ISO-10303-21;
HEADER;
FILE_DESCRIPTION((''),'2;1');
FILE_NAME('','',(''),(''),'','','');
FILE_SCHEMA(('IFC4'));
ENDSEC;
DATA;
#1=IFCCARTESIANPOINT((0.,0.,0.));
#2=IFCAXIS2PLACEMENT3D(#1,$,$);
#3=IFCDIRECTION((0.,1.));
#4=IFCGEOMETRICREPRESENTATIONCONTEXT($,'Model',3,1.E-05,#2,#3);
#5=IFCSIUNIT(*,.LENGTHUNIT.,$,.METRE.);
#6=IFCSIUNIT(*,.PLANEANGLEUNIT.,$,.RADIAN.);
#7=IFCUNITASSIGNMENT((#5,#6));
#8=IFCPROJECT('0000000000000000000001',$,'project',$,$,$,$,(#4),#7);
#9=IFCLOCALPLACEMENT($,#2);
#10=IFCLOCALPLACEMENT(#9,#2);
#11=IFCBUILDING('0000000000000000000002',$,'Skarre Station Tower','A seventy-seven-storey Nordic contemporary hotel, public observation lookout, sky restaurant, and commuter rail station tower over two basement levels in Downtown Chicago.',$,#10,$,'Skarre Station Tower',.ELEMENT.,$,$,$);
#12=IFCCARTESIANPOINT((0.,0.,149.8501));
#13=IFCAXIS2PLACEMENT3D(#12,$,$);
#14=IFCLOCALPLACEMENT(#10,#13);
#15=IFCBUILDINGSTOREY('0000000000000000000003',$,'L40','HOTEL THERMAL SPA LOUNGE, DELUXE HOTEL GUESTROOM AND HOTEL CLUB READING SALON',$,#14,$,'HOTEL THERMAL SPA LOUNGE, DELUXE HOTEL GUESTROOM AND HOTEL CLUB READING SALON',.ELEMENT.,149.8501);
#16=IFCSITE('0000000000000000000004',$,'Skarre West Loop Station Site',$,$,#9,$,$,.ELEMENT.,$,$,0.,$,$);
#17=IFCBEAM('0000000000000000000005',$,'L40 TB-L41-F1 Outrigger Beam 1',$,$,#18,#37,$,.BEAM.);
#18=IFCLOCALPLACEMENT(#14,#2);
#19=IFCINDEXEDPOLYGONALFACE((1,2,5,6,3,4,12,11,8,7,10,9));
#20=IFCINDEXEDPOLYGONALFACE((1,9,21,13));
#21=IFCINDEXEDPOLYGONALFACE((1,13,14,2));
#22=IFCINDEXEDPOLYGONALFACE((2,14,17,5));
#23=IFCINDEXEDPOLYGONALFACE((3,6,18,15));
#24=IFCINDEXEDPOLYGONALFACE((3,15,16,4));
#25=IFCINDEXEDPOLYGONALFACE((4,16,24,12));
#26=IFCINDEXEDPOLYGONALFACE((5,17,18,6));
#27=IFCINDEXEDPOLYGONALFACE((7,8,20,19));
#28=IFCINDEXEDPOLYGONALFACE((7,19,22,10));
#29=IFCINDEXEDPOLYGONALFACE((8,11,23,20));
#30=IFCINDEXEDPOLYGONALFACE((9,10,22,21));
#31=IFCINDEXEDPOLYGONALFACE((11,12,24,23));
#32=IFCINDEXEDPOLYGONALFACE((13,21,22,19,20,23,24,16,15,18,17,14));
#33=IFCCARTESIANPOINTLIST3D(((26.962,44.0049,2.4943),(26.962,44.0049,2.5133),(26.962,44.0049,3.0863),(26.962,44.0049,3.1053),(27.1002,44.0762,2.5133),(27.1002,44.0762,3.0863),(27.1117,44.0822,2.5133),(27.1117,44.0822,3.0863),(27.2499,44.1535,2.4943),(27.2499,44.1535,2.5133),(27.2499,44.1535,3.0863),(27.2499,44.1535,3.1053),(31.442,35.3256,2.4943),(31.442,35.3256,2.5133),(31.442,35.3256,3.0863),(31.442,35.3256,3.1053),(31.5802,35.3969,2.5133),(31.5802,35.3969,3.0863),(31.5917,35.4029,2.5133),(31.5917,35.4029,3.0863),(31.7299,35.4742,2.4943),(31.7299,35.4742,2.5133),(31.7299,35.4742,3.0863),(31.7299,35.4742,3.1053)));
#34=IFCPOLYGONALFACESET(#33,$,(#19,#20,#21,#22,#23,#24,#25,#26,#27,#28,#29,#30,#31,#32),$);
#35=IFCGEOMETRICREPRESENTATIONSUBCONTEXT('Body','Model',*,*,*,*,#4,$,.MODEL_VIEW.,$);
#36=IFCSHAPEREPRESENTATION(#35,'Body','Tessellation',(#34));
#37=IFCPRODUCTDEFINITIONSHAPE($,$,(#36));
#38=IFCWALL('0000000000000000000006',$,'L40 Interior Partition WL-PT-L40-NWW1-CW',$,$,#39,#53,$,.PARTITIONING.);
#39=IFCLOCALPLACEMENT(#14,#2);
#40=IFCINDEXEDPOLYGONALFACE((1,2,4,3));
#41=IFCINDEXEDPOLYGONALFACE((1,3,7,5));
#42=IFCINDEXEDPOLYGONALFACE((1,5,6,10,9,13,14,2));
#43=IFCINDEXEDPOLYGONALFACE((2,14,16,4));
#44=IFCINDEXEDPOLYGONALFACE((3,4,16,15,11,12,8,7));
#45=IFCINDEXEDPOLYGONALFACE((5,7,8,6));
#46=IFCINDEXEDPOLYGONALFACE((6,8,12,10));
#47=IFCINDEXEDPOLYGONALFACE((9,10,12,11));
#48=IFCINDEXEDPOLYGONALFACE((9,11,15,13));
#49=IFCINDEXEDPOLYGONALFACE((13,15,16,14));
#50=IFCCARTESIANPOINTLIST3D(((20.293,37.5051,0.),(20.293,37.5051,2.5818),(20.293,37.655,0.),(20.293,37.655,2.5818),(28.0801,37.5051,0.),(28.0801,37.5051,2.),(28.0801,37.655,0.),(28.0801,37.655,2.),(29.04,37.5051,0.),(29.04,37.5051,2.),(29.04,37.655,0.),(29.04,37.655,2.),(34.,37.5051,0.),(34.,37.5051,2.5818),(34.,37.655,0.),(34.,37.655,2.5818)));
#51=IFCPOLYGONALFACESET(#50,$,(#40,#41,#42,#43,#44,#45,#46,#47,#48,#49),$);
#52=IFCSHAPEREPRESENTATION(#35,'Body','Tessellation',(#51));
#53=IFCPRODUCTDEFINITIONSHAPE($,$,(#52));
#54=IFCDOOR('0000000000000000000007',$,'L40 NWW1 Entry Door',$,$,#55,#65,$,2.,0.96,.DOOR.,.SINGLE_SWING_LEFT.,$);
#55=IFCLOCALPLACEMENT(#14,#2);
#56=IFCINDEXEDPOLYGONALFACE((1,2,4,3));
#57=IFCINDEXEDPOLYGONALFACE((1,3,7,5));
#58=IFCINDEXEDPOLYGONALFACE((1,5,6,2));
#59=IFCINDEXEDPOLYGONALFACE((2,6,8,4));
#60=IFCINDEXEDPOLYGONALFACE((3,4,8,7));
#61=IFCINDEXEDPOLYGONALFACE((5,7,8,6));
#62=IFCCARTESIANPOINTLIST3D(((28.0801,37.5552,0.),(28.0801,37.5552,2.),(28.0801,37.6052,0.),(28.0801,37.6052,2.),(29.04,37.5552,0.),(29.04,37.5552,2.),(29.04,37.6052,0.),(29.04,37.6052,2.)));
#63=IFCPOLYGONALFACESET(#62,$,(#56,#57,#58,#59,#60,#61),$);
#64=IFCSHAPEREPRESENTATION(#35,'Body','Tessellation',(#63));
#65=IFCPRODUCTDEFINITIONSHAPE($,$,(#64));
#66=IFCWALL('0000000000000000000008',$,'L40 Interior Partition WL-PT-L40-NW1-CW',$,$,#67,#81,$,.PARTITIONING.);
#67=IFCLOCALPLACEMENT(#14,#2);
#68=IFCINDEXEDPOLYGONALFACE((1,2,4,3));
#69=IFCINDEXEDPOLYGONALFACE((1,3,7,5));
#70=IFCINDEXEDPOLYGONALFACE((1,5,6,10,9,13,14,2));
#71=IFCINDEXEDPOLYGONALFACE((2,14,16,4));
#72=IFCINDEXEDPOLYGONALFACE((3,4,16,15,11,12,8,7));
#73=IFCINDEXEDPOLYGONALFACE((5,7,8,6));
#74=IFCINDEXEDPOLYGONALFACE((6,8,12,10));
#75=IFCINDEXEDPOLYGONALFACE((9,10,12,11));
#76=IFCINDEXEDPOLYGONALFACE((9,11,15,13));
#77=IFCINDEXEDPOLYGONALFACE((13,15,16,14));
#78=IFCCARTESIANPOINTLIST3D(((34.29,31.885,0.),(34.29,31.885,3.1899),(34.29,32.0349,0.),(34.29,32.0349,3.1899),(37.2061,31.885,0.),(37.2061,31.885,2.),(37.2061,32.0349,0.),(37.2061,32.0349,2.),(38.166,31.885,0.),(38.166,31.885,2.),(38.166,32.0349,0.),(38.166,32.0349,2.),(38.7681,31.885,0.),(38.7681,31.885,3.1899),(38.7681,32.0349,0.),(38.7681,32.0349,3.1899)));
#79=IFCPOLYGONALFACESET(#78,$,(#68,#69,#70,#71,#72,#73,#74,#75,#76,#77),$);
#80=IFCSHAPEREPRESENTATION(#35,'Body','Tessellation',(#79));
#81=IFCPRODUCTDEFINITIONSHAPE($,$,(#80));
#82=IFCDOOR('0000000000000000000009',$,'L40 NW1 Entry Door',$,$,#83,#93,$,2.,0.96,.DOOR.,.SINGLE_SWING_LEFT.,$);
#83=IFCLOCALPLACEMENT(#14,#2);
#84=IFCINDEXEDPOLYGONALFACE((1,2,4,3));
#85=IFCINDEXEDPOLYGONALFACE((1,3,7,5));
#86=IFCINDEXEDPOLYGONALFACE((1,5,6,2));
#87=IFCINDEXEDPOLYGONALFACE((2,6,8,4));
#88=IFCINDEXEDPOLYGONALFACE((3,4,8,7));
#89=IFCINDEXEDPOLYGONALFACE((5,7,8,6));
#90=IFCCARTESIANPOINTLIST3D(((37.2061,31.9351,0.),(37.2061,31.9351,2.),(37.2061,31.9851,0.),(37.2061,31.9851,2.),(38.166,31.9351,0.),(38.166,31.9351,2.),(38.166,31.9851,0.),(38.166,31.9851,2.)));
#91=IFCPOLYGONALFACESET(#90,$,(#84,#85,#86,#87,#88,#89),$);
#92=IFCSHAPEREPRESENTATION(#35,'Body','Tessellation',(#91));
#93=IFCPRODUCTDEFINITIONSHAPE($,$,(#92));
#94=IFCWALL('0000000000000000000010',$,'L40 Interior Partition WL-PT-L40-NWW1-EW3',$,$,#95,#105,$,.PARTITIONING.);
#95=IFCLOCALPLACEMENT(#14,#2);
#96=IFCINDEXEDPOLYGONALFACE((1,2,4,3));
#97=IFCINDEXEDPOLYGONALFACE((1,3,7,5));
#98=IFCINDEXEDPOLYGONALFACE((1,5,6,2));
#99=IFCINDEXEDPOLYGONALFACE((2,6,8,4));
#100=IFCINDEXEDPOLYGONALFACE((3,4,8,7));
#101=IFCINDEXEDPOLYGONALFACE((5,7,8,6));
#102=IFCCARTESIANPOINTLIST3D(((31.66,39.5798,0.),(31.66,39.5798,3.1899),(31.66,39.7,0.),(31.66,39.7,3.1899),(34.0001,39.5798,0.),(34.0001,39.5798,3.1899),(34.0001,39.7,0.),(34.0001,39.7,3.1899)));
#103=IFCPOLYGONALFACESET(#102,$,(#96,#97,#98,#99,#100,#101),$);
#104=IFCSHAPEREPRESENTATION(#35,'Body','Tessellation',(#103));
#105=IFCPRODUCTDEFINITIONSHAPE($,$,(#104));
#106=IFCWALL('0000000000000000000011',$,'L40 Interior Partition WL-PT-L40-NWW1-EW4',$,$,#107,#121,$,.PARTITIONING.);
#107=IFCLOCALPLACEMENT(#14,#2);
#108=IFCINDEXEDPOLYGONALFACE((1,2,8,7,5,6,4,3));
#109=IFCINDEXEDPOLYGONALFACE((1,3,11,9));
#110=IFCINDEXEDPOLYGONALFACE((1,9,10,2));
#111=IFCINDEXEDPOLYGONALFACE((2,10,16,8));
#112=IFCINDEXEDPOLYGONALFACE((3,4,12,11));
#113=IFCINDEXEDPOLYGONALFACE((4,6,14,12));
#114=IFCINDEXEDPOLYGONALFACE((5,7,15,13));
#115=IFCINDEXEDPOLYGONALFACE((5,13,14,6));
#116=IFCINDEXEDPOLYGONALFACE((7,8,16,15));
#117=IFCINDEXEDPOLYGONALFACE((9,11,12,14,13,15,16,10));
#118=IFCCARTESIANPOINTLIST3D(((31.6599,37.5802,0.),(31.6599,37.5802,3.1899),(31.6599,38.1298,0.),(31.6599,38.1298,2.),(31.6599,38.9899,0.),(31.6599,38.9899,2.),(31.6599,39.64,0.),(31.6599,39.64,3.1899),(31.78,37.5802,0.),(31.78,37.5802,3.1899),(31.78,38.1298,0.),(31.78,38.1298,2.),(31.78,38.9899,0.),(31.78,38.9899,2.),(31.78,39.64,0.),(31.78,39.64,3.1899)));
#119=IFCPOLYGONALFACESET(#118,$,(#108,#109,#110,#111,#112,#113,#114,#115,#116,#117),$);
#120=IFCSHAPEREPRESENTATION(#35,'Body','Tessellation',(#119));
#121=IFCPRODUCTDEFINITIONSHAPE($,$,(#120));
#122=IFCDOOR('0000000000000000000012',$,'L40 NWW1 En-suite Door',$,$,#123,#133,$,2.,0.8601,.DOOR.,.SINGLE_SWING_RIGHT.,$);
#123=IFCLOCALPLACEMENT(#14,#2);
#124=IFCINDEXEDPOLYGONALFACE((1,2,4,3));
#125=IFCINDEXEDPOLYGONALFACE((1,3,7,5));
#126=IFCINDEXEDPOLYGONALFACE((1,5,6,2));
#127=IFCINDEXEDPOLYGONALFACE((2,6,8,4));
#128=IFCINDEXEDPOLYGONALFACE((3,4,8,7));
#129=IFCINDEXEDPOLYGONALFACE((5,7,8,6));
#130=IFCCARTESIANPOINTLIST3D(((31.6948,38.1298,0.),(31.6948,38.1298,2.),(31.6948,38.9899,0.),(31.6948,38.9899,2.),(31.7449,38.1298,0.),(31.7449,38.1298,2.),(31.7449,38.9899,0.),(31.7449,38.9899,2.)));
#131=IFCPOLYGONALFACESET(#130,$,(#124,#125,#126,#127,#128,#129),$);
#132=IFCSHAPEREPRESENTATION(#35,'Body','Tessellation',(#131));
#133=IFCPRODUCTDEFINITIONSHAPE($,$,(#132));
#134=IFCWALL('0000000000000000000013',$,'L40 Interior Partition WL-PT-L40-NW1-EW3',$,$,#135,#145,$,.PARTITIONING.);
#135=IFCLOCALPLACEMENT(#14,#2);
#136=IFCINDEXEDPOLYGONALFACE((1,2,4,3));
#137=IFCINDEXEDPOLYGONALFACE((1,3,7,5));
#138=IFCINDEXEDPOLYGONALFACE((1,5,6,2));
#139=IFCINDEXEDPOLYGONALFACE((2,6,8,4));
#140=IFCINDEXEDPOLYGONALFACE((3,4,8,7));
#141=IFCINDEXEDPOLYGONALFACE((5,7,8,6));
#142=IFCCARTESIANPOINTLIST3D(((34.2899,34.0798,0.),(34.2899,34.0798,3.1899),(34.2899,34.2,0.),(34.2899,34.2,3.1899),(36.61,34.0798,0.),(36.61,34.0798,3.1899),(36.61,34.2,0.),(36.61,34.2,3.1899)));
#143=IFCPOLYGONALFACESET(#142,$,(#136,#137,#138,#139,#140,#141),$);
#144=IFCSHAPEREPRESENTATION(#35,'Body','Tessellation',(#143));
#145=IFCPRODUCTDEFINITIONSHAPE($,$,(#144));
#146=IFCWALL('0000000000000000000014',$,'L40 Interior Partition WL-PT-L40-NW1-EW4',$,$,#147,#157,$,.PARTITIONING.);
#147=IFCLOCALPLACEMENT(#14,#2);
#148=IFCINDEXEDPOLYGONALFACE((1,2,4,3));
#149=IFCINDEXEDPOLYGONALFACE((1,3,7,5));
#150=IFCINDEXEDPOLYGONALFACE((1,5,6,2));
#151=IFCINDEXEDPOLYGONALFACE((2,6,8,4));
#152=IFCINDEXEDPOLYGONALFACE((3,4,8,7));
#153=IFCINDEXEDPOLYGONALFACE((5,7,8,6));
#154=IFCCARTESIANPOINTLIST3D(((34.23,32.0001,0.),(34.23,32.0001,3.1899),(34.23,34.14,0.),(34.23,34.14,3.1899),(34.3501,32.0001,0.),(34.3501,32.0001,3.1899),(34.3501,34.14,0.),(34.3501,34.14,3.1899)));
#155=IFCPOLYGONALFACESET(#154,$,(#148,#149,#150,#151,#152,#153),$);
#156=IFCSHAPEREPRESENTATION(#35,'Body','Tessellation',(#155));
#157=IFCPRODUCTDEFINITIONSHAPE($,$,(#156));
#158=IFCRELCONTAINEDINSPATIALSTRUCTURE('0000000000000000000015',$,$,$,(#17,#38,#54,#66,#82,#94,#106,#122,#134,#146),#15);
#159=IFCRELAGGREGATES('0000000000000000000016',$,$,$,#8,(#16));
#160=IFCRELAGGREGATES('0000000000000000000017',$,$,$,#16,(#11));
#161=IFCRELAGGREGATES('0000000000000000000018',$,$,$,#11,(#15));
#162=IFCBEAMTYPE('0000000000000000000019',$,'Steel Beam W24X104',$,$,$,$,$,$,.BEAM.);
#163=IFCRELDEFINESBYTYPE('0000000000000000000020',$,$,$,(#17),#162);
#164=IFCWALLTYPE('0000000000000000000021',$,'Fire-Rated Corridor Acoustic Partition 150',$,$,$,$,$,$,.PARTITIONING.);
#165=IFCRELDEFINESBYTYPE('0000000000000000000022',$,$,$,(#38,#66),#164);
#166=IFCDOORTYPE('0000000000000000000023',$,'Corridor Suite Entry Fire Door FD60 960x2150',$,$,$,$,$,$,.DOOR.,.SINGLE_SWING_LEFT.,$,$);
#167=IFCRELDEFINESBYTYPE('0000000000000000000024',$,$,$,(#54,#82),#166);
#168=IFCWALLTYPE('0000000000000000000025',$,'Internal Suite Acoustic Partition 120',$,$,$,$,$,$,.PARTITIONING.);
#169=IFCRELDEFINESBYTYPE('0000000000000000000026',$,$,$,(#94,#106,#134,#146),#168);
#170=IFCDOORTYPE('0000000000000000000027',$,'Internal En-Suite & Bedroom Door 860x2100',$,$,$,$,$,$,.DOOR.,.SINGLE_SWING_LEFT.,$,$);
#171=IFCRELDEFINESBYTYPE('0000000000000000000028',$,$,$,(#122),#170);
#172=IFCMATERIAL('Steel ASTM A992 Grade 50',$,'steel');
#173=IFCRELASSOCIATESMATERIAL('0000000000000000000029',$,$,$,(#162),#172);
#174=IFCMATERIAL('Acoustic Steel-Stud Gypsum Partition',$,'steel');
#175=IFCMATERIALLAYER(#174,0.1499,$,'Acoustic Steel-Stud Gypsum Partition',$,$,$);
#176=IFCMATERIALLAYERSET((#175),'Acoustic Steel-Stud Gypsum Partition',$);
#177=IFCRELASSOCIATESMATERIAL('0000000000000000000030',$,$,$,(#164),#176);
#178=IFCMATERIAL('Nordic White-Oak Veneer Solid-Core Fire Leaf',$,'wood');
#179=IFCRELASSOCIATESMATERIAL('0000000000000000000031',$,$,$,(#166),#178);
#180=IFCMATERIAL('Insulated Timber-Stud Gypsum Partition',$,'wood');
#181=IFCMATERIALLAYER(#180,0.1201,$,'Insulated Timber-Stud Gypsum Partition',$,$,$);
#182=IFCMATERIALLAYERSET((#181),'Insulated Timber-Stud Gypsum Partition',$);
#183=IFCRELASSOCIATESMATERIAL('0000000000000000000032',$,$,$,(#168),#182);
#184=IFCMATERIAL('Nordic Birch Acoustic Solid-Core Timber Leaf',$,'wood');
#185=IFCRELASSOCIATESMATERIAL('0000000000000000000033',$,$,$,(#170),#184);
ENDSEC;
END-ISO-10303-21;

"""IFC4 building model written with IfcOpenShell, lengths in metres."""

from ifc_helpers import new_model, si_unit, direction, frame, frame_2d, origin, origin_2d, place, context, subcontext, project, spatial, rectangle, i_section, extrude, material, layer, layer_set, material_profile, profile_set, type_object, element, fill, save


model = new_model("IFC4")

# Units and contexts
model_context = context("Model", 3, precision=1e-05, world=origin(), true_north=direction((0.0, 1.0)))
body_context = subcontext(model_context, "Body", "Model", "MODEL_VIEW")
ifc_project = project(units=[si_unit("LENGTHUNIT", "METRE"), si_unit("PLANEANGLEUNIT", "RADIAN")], contexts=[model_context])

# Site, building, storey
site_placement = place(None, origin())
site = spatial("IfcSite", under=ifc_project, at=site_placement, Name="Skarre West Loop Station Site", CompositionType="ELEMENT", RefElevation=0.0)
building_placement = place(site_placement, origin())
building = spatial("IfcBuilding", under=site, at=building_placement, Name="Skarre Station Tower", Description="A seventy-seven-storey Nordic contemporary hotel, public observation lookout, sky restaurant, and commuter rail station tower over two basement levels in Downtown Chicago.", LongName="Skarre Station Tower", CompositionType="ELEMENT")
storey_placement = place(building_placement, frame((0.0, 0.0, 149.8501)))
storey = spatial("IfcBuildingStorey", under=building, at=storey_placement, Name="L40", Description="HOTEL THERMAL SPA LOUNGE, DELUXE HOTEL GUESTROOM AND HOTEL CLUB READING SALON", LongName="HOTEL THERMAL SPA LOUNGE, DELUXE HOTEL GUESTROOM AND HOTEL CLUB READING SALON", CompositionType="ELEMENT", Elevation=149.8501)

# Beam
ifc_material_1 = material(Name="Steel ASTM A992 Grade 50", Category="steel")
ifc_material_profile = material_profile(ifc_material_1, i_section(OverallWidth=0.324, OverallDepth=0.6111, WebThickness=0.0129, FlangeThickness=0.019, at=origin_2d()), Name="Steel ASTM A992 Grade 50")
ifc_profile_set = profile_set([ifc_material_profile], Name="Steel ASTM A992 Grade 50")
beam_type = type_object("IfcBeamType", Name="Steel Beam W24X104", PredefinedType="BEAM", material=ifc_profile_set)
beam_placement = place(storey_placement, frame((31.5859, 35.3999, 2.7998), z_axis=(-0.458675, 0.888604, 0.0), x_axis=(-0.888604, -0.458675, 0.0)))
element("IfcBeam", 1, at=beam_placement, inside=storey, type_object=beam_type, Name="L40 TB-L41-F1 Outrigger Beam 1", PredefinedType="BEAM", context=body_context, shape_type="SweptSolid", body=[
    extrude(i_section(OverallWidth=0.324, OverallDepth=0.6111, WebThickness=0.0129, FlangeThickness=0.019, at=origin_2d()), origin(), (0.0, 0.0, 1.0), 9.7673),
])

# Walls, openings, doors
ifc_material_2 = material(Name="Acoustic Steel-Stud Gypsum Partition", Category="steel")
ifc_layer_1 = layer(ifc_material_2, 0.1499, Name="Acoustic Steel-Stud Gypsum Partition")
ifc_layer_set_1 = layer_set([ifc_layer_1], Name="Acoustic Steel-Stud Gypsum Partition")
wall_type_1 = type_object("IfcWallType", Name="Fire-Rated Corridor Acoustic Partition 150", PredefinedType="PARTITIONING", material=ifc_layer_set_1)
wall_1_placement = place(storey_placement, frame((34.0, 37.5801, 0.0), z_axis=(0.0, 0.0, 1.0), x_axis=(-1.0, 0.0, 0.0)))
wall_1 = element("IfcWall", 2, at=wall_1_placement, inside=storey, type_object=wall_type_1, Name="L40 Interior Partition WL-PT-L40-NWW1-CW", PredefinedType="PARTITIONING", context=body_context, shape_type="SweptSolid", body=[
    extrude(rectangle(XDim=13.707, YDim=0.1499, at=frame_2d((6.8535, 0.0))), origin(), (0.0, 0.0, 1.0), 2.5818),
])
opening_1_placement = place(wall_1_placement, frame((4.96, 0.0, 0.0)))
opening_1 = element("IfcOpeningElement", 3, at=opening_1_placement, cuts=wall_1, PredefinedType="OPENING", context=body_context, shape_type="SweptSolid", body=[
    extrude(rectangle(XDim=0.96, YDim=2.0, at=frame_2d((0.48, 1.0))), frame((0.0, 0.085, 0.0), z_axis=(0.0, -1.0, 0.0), x_axis=(1.0, 0.0, 0.0)), (0.0, 0.0, 1.0), 0.1699),
])
ifc_material_3 = material(Name="Nordic White-Oak Veneer Solid-Core Fire Leaf", Category="wood")
door_type_1 = type_object("IfcDoorType", Name="Corridor Suite Entry Fire Door FD60 960x2150", OperationType="SINGLE_SWING_LEFT", PredefinedType="DOOR", material=ifc_material_3)
door_1_placement = place(opening_1_placement, origin())
door_1 = element("IfcDoor", 4, at=door_1_placement, inside=storey, type_object=door_type_1, Name="L40 NWW1 Entry Door", OperationType="SINGLE_SWING_LEFT", OverallHeight=2.0, OverallWidth=0.96, PredefinedType="DOOR", context=body_context, shape_type="SweptSolid", body=[
    extrude(rectangle(XDim=0.96, YDim=2.0, at=frame_2d((0.48, 1.0))), frame((0.0, 0.0249, 0.0), z_axis=(0.0, -1.0, 0.0), x_axis=(1.0, 0.0, 0.0)), (0.0, 0.0, 1.0), 0.05),
])
fill(opening_1, door_1)
wall_2_placement = place(storey_placement, frame((38.7681, 31.96, 0.0), z_axis=(0.0, 0.0, 1.0), x_axis=(-1.0, 0.0, 0.0)))
wall_2 = element("IfcWall", 5, at=wall_2_placement, inside=storey, type_object=wall_type_1, Name="L40 Interior Partition WL-PT-L40-NW1-CW", PredefinedType="PARTITIONING", context=body_context, shape_type="SweptSolid", body=[
    extrude(rectangle(XDim=4.478, YDim=0.1499, at=frame_2d((2.239, 0.0))), origin(), (0.0, 0.0, 1.0), 3.1899),
])
opening_2_placement = place(wall_2_placement, frame((0.6021, 0.0, 0.0)))
opening_2 = element("IfcOpeningElement", 6, at=opening_2_placement, cuts=wall_2, PredefinedType="OPENING", context=body_context, shape_type="SweptSolid", body=[
    extrude(rectangle(XDim=0.96, YDim=2.0, at=frame_2d((0.48, 1.0))), frame((0.0, 0.085, 0.0), z_axis=(0.0, -1.0, 0.0), x_axis=(1.0, 0.0, 0.0)), (0.0, 0.0, 1.0), 0.1699),
])
door_2_placement = place(opening_2_placement, origin())
door_2 = element("IfcDoor", 7, at=door_2_placement, inside=storey, type_object=door_type_1, Name="L40 NW1 Entry Door", OperationType="SINGLE_SWING_LEFT", OverallHeight=2.0, OverallWidth=0.96, PredefinedType="DOOR", context=body_context, shape_type="SweptSolid", body=[
    extrude(rectangle(XDim=0.96, YDim=2.0, at=frame_2d((0.48, 1.0))), frame((0.0, 0.0249, 0.0), z_axis=(0.0, -1.0, 0.0), x_axis=(1.0, 0.0, 0.0)), (0.0, 0.0, 1.0), 0.05),
])
fill(opening_2, door_2)

# Wall
ifc_material_4 = material(Name="Insulated Timber-Stud Gypsum Partition", Category="wood")
ifc_layer_2 = layer(ifc_material_4, 0.1201, Name="Insulated Timber-Stud Gypsum Partition")
ifc_layer_set_2 = layer_set([ifc_layer_2], Name="Insulated Timber-Stud Gypsum Partition")
wall_type_2 = type_object("IfcWallType", Name="Internal Suite Acoustic Partition 120", PredefinedType="PARTITIONING", material=ifc_layer_set_2)
wall_3_placement = place(storey_placement, frame((34.0, 39.6399, 0.0), z_axis=(0.0, 0.0, 1.0), x_axis=(-1.0, 0.0, 0.0)))
element("IfcWall", 8, at=wall_3_placement, inside=storey, type_object=wall_type_2, Name="L40 Interior Partition WL-PT-L40-NWW1-EW3", PredefinedType="PARTITIONING", context=body_context, shape_type="SweptSolid", body=[
    extrude(rectangle(XDim=2.3401, YDim=0.1201, at=frame_2d((1.1699, 0.0))), origin(), (0.0, 0.0, 1.0), 3.1899),
])

# Wall, opening, door
wall_4_placement = place(storey_placement, frame((31.72, 39.6399, 0.0), z_axis=(0.0, 0.0, 1.0), x_axis=(0.0, -1.0, 0.0)))
wall_4 = element("IfcWall", 9, at=wall_4_placement, inside=storey, type_object=wall_type_2, Name="L40 Interior Partition WL-PT-L40-NWW1-EW4", PredefinedType="PARTITIONING", context=body_context, shape_type="SweptSolid", body=[
    extrude(rectangle(XDim=2.0598, YDim=0.1201, at=frame_2d((1.0298, 0.0))), origin(), (0.0, 0.0, 1.0), 3.1899),
])
opening_3_placement = place(wall_4_placement, frame((0.6499, 0.0, 0.0)))
opening_3 = element("IfcOpeningElement", 10, at=opening_3_placement, cuts=wall_4, PredefinedType="OPENING", context=body_context, shape_type="SweptSolid", body=[
    extrude(rectangle(XDim=0.8601, YDim=2.0, at=frame_2d((0.4302, 1.0))), frame((0.0, 0.0701, 0.0), z_axis=(0.0, -1.0, 0.0), x_axis=(1.0, 0.0, 0.0)), (0.0, 0.0, 1.0), 0.1401),
])
ifc_material_5 = material(Name="Nordic Birch Acoustic Solid-Core Timber Leaf", Category="wood")
door_type_2 = type_object("IfcDoorType", Name="Internal En-Suite & Bedroom Door 860x2100", OperationType="SINGLE_SWING_LEFT", PredefinedType="DOOR", material=ifc_material_5)
door_3_placement = place(opening_3_placement, origin())
door_3 = element("IfcDoor", 11, at=door_3_placement, inside=storey, type_object=door_type_2, Name="L40 NWW1 En-suite Door", OperationType="SINGLE_SWING_RIGHT", OverallHeight=2.0, OverallWidth=0.8601, PredefinedType="DOOR", context=body_context, shape_type="SweptSolid", body=[
    extrude(rectangle(XDim=0.8601, YDim=2.0, at=frame_2d((0.4302, 1.0))), frame((0.0, 0.0249, 0.0), z_axis=(0.0, -1.0, 0.0), x_axis=(1.0, 0.0, 0.0)), (0.0, 0.0, 1.0), 0.05),
])
fill(opening_3, door_3)

# Walls
wall_5_placement = place(storey_placement, frame((36.6101, 34.1399, 0.0), z_axis=(0.0, 0.0, 1.0), x_axis=(-1.0, 0.0, 0.0)))
element("IfcWall", 12, at=wall_5_placement, inside=storey, type_object=wall_type_2, Name="L40 Interior Partition WL-PT-L40-NW1-EW3", PredefinedType="PARTITIONING", context=body_context, shape_type="SweptSolid", body=[
    extrude(rectangle(XDim=2.3201, YDim=0.1201, at=frame_2d((1.1602, 0.0))), origin(), (0.0, 0.0, 1.0), 3.1899),
])
wall_6_placement = place(storey_placement, frame((34.29, 34.1399, 0.0), z_axis=(0.0, 0.0, 1.0), x_axis=(0.0, -1.0, 0.0)))
element("IfcWall", 13, at=wall_6_placement, inside=storey, type_object=wall_type_2, Name="L40 Interior Partition WL-PT-L40-NW1-EW4", PredefinedType="PARTITIONING", context=body_context, shape_type="SweptSolid", body=[
    extrude(rectangle(XDim=2.1399, YDim=0.1201, at=frame_2d((1.0698, 0.0))), origin(), (0.0, 0.0, 1.0), 3.1899),
])

save(model, "model.ifc")
